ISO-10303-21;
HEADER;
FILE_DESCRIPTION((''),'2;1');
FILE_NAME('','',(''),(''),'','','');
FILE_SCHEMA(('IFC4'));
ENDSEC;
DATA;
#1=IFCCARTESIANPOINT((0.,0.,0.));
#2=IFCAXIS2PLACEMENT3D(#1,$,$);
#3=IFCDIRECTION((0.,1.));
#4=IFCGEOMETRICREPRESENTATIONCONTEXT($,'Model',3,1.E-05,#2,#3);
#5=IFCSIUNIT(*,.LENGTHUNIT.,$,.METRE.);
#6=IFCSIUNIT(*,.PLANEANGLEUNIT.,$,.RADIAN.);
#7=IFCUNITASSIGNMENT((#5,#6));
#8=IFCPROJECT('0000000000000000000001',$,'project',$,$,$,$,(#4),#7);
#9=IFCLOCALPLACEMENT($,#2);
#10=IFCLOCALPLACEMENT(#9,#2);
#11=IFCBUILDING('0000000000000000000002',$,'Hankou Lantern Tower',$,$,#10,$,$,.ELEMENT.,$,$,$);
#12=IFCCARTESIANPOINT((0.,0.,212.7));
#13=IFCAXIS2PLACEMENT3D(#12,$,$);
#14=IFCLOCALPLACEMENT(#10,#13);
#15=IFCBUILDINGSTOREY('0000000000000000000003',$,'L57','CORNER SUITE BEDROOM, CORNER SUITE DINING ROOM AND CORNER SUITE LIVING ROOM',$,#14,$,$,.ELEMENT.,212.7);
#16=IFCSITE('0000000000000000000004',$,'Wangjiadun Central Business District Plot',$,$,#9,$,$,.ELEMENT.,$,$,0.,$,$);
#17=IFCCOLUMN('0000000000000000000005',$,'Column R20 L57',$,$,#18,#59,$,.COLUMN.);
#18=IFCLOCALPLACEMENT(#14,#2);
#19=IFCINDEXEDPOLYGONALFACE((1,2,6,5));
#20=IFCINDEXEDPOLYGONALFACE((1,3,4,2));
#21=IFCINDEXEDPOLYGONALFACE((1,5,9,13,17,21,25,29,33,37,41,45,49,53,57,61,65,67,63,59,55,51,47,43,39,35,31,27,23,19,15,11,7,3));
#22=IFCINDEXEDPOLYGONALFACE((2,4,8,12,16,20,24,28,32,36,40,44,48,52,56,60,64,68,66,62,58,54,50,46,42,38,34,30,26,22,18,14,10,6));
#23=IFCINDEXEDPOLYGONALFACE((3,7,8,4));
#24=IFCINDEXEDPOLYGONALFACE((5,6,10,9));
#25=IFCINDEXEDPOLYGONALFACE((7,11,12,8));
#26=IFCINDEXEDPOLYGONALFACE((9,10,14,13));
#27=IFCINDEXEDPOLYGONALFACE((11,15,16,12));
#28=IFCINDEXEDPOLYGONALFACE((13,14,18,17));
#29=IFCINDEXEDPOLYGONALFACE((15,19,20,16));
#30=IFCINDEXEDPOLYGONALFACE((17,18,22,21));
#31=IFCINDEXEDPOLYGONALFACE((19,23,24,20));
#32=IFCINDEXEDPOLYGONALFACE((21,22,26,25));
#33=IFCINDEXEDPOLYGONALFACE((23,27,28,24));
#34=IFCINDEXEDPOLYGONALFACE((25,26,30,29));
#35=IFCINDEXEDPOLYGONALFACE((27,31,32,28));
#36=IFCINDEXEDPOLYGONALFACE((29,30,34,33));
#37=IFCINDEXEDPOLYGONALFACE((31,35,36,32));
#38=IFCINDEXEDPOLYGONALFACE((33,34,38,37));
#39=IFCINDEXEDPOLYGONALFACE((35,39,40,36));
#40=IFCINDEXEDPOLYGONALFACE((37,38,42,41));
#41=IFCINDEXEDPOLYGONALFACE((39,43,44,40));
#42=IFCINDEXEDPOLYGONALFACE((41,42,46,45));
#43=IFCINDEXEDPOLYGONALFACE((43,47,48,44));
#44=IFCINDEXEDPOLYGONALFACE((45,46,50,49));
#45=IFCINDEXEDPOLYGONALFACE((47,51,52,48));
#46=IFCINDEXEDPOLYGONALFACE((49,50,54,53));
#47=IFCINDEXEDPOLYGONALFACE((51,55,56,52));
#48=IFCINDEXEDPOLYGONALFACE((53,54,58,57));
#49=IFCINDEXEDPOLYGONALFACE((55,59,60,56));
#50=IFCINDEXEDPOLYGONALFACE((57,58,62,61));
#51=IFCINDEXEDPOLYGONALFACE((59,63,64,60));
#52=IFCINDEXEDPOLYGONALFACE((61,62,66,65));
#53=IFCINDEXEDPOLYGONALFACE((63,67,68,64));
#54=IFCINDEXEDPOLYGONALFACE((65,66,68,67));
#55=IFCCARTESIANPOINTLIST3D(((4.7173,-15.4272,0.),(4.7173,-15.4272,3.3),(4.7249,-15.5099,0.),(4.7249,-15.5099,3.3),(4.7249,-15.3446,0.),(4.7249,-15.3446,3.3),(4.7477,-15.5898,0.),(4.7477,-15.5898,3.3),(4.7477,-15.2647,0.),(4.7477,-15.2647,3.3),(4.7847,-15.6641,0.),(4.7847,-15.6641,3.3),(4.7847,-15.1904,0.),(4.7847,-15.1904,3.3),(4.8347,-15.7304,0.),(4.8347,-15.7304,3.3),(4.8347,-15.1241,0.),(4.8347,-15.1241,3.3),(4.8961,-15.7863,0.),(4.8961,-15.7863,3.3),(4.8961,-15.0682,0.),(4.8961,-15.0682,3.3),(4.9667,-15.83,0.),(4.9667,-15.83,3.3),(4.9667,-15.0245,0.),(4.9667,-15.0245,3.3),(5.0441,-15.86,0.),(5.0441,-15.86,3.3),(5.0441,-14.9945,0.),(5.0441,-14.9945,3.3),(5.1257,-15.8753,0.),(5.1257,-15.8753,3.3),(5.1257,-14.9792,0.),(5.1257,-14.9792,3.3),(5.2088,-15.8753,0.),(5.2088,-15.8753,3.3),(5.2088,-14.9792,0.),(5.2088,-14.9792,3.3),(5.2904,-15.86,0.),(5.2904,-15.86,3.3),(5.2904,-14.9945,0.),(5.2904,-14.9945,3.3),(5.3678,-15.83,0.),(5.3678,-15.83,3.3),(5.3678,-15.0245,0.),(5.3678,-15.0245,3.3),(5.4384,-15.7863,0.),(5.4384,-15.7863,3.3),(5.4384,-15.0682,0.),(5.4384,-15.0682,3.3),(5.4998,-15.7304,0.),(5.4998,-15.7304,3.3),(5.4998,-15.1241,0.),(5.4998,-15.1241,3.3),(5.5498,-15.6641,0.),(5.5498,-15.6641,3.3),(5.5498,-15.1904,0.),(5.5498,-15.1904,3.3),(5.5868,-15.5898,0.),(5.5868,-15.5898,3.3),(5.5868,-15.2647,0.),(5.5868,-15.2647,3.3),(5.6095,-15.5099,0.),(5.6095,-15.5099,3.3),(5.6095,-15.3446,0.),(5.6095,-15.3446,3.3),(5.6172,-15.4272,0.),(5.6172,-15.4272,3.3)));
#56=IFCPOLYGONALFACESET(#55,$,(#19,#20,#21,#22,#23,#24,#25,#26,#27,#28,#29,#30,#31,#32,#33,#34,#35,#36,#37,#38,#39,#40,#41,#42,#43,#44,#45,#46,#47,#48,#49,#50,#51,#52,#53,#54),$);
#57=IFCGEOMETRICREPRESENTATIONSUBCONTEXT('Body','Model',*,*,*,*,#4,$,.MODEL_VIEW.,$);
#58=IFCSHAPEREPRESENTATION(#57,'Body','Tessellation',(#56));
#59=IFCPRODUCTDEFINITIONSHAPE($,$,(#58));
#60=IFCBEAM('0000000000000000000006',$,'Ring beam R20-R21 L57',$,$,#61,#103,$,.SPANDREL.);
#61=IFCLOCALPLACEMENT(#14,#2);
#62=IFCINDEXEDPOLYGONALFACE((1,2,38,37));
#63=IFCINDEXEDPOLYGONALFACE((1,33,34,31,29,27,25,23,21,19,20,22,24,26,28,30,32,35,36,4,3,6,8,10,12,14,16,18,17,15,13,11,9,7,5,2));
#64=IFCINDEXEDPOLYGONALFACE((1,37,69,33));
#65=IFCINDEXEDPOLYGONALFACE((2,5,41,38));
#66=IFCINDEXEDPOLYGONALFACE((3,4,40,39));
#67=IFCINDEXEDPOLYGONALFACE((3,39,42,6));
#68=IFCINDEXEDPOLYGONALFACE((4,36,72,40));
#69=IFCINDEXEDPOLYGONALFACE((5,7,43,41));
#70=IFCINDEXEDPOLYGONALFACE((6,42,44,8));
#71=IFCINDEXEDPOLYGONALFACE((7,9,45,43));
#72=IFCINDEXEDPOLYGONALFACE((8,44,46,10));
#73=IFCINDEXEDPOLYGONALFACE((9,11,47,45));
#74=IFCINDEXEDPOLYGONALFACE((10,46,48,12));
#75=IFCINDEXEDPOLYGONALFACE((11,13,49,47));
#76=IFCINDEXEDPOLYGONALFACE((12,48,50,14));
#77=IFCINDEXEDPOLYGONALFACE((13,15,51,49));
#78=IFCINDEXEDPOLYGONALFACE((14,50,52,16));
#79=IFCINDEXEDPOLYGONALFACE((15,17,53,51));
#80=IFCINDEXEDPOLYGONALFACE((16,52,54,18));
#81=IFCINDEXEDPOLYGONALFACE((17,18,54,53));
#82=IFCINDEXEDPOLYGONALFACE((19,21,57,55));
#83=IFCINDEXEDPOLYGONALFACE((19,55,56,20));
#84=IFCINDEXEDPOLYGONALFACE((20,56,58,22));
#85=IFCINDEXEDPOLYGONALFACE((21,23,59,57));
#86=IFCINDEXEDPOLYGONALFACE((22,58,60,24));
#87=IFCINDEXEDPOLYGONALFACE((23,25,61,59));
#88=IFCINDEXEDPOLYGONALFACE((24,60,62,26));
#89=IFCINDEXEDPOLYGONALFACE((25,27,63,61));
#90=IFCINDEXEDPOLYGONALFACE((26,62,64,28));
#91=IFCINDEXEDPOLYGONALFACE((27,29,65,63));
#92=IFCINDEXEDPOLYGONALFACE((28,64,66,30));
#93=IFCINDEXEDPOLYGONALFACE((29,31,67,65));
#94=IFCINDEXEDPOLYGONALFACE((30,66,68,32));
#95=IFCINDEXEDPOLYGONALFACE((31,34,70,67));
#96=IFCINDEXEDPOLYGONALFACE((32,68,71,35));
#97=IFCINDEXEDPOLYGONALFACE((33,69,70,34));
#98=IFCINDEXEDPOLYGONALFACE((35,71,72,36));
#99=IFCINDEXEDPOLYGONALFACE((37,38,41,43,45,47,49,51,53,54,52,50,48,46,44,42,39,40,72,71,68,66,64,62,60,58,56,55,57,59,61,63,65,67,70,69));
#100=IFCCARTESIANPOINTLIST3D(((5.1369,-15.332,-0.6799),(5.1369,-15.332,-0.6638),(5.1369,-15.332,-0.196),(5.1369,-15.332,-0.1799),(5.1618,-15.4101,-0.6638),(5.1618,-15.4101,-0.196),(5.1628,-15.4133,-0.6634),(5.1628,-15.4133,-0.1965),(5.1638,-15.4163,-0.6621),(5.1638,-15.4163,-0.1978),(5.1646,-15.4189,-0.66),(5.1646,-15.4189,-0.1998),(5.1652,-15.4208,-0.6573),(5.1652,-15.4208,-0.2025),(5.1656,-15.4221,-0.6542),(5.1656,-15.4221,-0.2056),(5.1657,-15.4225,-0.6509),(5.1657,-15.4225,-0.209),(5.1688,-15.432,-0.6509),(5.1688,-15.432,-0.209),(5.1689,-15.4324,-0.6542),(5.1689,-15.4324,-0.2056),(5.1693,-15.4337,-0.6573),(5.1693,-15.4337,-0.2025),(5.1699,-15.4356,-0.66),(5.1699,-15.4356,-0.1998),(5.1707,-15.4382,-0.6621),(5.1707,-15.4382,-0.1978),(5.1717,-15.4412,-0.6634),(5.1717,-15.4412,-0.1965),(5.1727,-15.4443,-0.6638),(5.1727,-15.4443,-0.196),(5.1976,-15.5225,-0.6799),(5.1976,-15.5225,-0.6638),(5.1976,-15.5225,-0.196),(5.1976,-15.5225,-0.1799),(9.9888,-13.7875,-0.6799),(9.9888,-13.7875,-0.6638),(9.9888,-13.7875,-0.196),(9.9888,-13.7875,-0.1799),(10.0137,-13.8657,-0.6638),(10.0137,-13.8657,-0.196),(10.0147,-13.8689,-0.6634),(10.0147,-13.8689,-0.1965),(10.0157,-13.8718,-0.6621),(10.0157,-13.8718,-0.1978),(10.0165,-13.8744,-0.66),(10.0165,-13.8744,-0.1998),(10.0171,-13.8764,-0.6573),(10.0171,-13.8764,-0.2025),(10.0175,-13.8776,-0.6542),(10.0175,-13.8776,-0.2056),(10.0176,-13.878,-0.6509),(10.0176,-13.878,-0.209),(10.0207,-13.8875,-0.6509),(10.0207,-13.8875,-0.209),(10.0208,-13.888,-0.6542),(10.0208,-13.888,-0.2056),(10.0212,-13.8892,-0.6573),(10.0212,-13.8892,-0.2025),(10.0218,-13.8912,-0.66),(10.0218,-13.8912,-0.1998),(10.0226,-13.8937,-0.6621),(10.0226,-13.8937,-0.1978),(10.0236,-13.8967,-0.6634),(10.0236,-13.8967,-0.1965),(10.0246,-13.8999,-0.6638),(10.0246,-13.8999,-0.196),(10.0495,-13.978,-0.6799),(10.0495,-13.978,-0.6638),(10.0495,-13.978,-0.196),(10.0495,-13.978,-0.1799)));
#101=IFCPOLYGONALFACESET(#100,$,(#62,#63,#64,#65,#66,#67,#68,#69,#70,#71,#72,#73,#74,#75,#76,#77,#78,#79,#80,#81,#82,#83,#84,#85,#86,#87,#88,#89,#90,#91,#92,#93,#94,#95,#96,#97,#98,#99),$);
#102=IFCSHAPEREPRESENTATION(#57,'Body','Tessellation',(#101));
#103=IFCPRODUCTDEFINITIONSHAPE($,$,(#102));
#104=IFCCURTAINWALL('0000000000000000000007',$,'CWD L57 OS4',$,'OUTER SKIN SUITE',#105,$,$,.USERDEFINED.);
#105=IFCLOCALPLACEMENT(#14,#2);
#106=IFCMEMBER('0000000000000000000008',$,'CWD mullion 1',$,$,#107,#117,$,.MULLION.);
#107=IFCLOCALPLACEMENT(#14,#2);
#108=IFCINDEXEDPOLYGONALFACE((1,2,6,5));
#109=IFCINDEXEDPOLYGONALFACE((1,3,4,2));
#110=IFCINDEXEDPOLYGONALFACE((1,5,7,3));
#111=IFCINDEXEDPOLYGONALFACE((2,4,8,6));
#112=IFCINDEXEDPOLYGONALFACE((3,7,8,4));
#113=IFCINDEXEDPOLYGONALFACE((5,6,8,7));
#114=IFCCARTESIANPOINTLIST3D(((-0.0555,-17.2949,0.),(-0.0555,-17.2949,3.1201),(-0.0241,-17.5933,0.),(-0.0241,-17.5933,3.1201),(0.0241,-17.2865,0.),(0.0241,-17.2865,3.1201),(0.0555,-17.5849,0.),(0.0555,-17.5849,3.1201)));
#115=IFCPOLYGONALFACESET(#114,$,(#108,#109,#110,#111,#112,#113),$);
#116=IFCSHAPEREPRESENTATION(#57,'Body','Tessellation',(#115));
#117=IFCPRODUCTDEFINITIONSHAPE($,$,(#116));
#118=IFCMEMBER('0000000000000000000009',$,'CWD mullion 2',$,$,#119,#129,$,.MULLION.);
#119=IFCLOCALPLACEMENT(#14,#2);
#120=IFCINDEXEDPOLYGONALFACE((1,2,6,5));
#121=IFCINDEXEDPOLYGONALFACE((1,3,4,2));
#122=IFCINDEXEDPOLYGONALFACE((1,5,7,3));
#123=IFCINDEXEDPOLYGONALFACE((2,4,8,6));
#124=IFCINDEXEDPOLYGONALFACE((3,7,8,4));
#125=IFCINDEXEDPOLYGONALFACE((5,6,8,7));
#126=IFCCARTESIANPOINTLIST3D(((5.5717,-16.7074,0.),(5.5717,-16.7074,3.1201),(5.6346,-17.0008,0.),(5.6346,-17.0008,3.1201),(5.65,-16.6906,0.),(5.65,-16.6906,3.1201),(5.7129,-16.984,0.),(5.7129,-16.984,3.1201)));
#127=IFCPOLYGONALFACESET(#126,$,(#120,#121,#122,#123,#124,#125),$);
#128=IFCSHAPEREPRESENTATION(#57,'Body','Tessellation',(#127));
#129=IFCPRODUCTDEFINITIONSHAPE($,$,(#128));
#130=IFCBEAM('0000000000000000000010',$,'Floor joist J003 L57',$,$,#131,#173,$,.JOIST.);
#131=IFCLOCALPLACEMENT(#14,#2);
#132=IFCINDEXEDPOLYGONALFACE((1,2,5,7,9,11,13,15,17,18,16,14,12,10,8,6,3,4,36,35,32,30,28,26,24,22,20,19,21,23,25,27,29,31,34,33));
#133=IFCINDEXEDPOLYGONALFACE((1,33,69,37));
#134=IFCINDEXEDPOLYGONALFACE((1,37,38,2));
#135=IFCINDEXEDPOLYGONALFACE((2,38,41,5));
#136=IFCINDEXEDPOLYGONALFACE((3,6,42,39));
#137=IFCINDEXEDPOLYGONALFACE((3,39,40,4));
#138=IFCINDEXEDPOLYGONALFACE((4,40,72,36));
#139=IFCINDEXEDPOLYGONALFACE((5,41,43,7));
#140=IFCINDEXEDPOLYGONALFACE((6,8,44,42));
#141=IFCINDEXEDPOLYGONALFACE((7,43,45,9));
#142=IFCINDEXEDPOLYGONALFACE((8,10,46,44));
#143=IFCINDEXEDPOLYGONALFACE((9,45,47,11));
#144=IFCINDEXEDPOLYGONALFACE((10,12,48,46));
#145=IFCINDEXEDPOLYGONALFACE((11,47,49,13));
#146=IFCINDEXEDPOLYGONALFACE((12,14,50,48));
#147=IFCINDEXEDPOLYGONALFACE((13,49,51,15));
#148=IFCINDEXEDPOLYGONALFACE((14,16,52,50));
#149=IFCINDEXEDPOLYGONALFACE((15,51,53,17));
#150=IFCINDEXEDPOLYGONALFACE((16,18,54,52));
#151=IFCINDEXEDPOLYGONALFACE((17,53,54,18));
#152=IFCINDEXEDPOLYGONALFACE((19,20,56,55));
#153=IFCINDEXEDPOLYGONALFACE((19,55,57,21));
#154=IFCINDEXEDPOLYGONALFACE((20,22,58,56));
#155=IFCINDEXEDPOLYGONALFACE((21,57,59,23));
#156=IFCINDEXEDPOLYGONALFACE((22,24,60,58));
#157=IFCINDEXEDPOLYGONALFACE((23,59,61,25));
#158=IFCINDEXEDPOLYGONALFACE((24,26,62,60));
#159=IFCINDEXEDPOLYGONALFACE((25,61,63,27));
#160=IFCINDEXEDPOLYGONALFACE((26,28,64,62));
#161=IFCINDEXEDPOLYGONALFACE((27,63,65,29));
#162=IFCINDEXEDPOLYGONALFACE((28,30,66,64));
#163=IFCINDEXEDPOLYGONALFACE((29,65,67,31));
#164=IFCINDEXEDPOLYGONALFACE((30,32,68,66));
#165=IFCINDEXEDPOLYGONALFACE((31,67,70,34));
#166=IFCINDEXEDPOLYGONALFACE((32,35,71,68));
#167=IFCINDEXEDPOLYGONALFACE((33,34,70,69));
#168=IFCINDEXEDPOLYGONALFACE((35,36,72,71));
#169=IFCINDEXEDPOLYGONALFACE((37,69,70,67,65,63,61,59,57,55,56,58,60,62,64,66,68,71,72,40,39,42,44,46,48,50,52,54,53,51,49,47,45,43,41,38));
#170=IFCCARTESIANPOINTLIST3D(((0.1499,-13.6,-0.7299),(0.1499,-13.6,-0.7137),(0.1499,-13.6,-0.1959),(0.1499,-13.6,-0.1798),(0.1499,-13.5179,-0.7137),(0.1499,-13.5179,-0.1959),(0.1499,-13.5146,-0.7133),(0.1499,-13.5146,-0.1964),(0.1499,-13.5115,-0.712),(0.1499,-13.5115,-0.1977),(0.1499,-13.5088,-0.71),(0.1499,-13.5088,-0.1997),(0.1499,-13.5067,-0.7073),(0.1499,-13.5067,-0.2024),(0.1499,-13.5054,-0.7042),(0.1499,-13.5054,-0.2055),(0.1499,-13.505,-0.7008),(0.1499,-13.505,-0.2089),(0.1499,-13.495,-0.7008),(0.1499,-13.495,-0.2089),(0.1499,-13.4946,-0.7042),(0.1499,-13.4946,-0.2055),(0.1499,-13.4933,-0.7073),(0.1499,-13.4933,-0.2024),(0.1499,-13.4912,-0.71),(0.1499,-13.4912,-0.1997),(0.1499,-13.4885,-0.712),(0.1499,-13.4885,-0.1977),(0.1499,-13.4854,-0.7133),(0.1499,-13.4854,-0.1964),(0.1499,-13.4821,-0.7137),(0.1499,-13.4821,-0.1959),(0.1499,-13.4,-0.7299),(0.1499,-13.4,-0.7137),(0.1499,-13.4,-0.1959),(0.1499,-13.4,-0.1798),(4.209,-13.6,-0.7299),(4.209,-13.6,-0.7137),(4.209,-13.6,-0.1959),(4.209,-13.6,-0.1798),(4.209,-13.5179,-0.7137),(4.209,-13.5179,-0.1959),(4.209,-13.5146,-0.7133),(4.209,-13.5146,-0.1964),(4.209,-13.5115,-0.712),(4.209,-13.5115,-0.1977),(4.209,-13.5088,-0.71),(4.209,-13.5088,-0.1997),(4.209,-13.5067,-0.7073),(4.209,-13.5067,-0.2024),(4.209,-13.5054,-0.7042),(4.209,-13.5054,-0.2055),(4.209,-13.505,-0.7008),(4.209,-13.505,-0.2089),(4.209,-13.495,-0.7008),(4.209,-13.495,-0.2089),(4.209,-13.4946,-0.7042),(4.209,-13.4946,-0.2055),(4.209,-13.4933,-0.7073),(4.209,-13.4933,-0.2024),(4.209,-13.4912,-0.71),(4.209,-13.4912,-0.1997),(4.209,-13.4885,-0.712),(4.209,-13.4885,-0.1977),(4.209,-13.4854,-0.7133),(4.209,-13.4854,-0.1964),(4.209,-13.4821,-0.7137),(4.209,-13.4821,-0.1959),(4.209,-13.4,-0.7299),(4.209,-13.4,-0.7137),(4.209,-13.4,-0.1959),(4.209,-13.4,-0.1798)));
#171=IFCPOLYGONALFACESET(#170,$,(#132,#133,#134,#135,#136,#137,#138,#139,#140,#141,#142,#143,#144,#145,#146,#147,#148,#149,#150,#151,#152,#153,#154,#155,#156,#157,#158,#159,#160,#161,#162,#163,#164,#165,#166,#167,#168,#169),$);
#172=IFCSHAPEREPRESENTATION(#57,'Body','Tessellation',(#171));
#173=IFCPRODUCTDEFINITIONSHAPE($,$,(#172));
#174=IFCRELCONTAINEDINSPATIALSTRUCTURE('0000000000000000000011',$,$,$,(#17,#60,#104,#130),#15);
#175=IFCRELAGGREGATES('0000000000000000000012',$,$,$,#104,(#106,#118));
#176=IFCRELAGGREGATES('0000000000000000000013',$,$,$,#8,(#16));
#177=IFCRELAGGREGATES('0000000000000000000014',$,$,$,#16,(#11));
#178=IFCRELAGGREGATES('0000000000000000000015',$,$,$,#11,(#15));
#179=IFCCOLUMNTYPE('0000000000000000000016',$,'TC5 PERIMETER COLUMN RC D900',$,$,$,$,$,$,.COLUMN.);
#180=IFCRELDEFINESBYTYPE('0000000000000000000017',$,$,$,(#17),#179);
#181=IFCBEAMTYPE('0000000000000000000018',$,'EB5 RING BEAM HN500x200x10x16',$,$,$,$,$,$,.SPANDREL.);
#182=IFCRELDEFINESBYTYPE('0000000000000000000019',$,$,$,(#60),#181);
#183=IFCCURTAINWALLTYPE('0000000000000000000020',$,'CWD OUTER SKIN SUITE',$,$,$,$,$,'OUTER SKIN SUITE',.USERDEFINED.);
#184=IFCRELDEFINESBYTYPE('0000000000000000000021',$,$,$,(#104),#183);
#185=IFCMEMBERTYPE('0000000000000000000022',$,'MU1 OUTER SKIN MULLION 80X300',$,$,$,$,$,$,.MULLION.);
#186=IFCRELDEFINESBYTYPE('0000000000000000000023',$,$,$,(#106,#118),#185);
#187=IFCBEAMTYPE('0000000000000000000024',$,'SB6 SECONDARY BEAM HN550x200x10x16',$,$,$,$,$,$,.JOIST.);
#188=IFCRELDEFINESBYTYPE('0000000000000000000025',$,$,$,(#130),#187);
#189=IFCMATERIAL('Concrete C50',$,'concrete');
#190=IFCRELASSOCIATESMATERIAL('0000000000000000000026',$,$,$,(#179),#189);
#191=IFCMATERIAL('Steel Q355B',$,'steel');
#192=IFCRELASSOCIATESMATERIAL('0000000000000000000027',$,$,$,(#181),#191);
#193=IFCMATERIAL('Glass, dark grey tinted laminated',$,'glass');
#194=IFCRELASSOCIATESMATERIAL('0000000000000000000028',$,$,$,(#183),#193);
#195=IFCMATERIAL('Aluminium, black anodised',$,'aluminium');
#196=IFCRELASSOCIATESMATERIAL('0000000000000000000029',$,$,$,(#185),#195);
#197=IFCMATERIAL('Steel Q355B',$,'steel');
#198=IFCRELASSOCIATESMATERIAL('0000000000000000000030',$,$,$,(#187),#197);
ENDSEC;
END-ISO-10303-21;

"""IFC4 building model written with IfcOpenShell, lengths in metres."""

from ifc_helpers import new_model, si_unit, direction, frame, origin, origin_2d, place, context, subcontext, project, spatial, rectangle, circle, i_section, extrude, material, material_profile, profile_set, type_object, element, aggregate, save


model = new_model("IFC4")

# Units and contexts
model_context = context("Model", 3, precision=1e-05, world=origin(), true_north=direction((0.0, 1.0)))
body_context = subcontext(model_context, "Body", "Model", "MODEL_VIEW")
ifc_project = project(units=[si_unit("LENGTHUNIT", "METRE"), si_unit("PLANEANGLEUNIT", "RADIAN")], contexts=[model_context])

# Site, building, storey
site_placement = place(None, origin())
site = spatial("IfcSite", under=ifc_project, at=site_placement, Name="Wangjiadun Central Business District Plot", CompositionType="ELEMENT", RefElevation=0.0)
building_placement = place(site_placement, origin())
building = spatial("IfcBuilding", under=site, at=building_placement, Name="Hankou Lantern Tower", CompositionType="ELEMENT")
storey_placement = place(building_placement, frame((0.0, 0.0, 212.7)))
storey = spatial("IfcBuildingStorey", under=building, at=storey_placement, Name="L57", Description="CORNER SUITE BEDROOM, CORNER SUITE DINING ROOM AND CORNER SUITE LIVING ROOM", CompositionType="ELEMENT", Elevation=212.7)

# Column
ifc_material_1 = material(Name="Concrete C50", Category="concrete")
ifc_material_profile_1 = material_profile(ifc_material_1, circle(Radius=0.45, at=origin_2d()), Name="RC D900")
ifc_profile_set_1 = profile_set([ifc_material_profile_1], Name="Concrete C50")
column_type = type_object("IfcColumnType", Name="TC5 PERIMETER COLUMN RC D900", PredefinedType="COLUMN", material=ifc_profile_set_1)
column_placement = place(storey_placement, frame((5.1672, -15.4272, 0.0), z_axis=(0.0, 0.0, 1.0), x_axis=(1.0, 0.0, 0.0)))
element("IfcColumn", 1, at=column_placement, inside=storey, type_object=column_type, Name="Column R20 L57", PredefinedType="COLUMN", context=body_context, shape_type="SweptSolid", body=[
    extrude(circle(Radius=0.45, at=origin_2d()), origin(), (0.0, 0.0, 1.0), 3.3),
])

# Beam
ifc_material_2 = material(Name="Steel Q355B", Category="steel")
ifc_material_profile_2 = material_profile(ifc_material_2, i_section(OverallWidth=0.2, OverallDepth=0.5, WebThickness=0.01, FlangeThickness=0.0161, FilletRadius=0.0129, at=origin_2d()), Name="HN500x200x10x16")
ifc_profile_set_2 = profile_set([ifc_material_profile_2], Name="Steel Q355B")
beam_type_1 = type_object("IfcBeamType", Name="EB5 RING BEAM HN500x200x10x16", PredefinedType="SPANDREL", material=ifc_profile_set_2)
beam_1_placement = place(storey_placement, frame((5.1672, -15.4272, -0.4299), z_axis=(0.952887, 0.303324, 0.0), x_axis=(-0.303324, 0.952887, 0.0)))
element("IfcBeam", 2, at=beam_1_placement, inside=storey, type_object=beam_type_1, Name="Ring beam R20-R21 L57", PredefinedType="SPANDREL", context=body_context, shape_type="SweptSolid", body=[
    extrude(i_section(OverallWidth=0.2, OverallDepth=0.5, WebThickness=0.01, FlangeThickness=0.0161, FilletRadius=0.0129, at=origin_2d()), origin(), (0.0, 0.0, 1.0), 5.0918),
])

# Curtain wall, members
ifc_material_3 = material(Name="Glass, dark grey tinted laminated", Category="glass")
curtain_wall_type = type_object("IfcCurtainWallType", Name="CWD OUTER SKIN SUITE", ElementType="OUTER SKIN SUITE", PredefinedType="USERDEFINED", material=ifc_material_3)
curtain_wall_placement = place(storey_placement, origin())
curtain_wall = element("IfcCurtainWall", 3, at=curtain_wall_placement, inside=storey, type_object=curtain_wall_type, Name="CWD L57 OS4", ObjectType="OUTER SKIN SUITE", PredefinedType="USERDEFINED")
ifc_material_4 = material(Name="Aluminium, black anodised", Category="aluminium")
ifc_material_profile_3 = material_profile(ifc_material_4, rectangle(XDim=0.0801, YDim=0.3, at=origin_2d()), Name="MU1 80X300")
ifc_profile_set_3 = profile_set([ifc_material_profile_3], Name="Aluminium, black anodised")
member_type_1 = type_object("IfcMemberType", Name="MU1 OUTER SKIN MULLION 80X300", PredefinedType="MULLION", material=ifc_profile_set_3)
member_1_placement = place(storey_placement, frame((0.0, -17.4399, 0.0), z_axis=(0.0, 0.0, 1.0), x_axis=(0.994499, 0.104743, 0.0)))
member_1 = element("IfcMember", 4, at=member_1_placement, type_object=member_type_1, Name="CWD mullion 1", PredefinedType="MULLION", context=body_context, shape_type="SweptSolid", body=[
    extrude(rectangle(XDim=0.0801, YDim=0.3, at=origin_2d()), origin(), (0.0, 0.0, 1.0), 3.1201),
])
member_2_placement = place(storey_placement, frame((5.6423, -16.8457, 0.0), z_axis=(0.0, 0.0, 1.0), x_axis=(0.977788, 0.209598, 0.0)))
member_2 = element("IfcMember", 5, at=member_2_placement, type_object=member_type_1, Name="CWD mullion 2", PredefinedType="MULLION", context=body_context, shape_type="SweptSolid", body=[
    extrude(rectangle(XDim=0.0801, YDim=0.3, at=origin_2d()), origin(), (0.0, 0.0, 1.0), 3.1201),
])

# Beam
ifc_material_5 = material(Name="Steel Q355B", Category="steel")
ifc_material_profile_4 = material_profile(ifc_material_5, i_section(OverallWidth=0.2, OverallDepth=0.55, WebThickness=0.01, FlangeThickness=0.0161, FilletRadius=0.0129, at=origin_2d()), Name="HN550x200x10x16")
ifc_profile_set_4 = profile_set([ifc_material_profile_4], Name="Steel Q355B")
beam_type_2 = type_object("IfcBeamType", Name="SB6 SECONDARY BEAM HN550x200x10x16", PredefinedType="JOIST", material=ifc_profile_set_4)
beam_2_placement = place(storey_placement, frame((0.1499, -13.5, -0.4548), z_axis=(1.0, 0.0, 0.0), x_axis=(0.0, 1.0, 0.0)))
element("IfcBeam", 6, at=beam_2_placement, inside=storey, type_object=beam_type_2, Name="Floor joist J003 L57", PredefinedType="JOIST", context=body_context, shape_type="SweptSolid", body=[
    extrude(i_section(OverallWidth=0.2, OverallDepth=0.55, WebThickness=0.01, FlangeThickness=0.0161, FilletRadius=0.0129, at=origin_2d()), origin(), (0.0, 0.0, 1.0), 4.0591),
])

aggregate(curtain_wall, [member_1, member_2])

save(model, "model.ifc")
